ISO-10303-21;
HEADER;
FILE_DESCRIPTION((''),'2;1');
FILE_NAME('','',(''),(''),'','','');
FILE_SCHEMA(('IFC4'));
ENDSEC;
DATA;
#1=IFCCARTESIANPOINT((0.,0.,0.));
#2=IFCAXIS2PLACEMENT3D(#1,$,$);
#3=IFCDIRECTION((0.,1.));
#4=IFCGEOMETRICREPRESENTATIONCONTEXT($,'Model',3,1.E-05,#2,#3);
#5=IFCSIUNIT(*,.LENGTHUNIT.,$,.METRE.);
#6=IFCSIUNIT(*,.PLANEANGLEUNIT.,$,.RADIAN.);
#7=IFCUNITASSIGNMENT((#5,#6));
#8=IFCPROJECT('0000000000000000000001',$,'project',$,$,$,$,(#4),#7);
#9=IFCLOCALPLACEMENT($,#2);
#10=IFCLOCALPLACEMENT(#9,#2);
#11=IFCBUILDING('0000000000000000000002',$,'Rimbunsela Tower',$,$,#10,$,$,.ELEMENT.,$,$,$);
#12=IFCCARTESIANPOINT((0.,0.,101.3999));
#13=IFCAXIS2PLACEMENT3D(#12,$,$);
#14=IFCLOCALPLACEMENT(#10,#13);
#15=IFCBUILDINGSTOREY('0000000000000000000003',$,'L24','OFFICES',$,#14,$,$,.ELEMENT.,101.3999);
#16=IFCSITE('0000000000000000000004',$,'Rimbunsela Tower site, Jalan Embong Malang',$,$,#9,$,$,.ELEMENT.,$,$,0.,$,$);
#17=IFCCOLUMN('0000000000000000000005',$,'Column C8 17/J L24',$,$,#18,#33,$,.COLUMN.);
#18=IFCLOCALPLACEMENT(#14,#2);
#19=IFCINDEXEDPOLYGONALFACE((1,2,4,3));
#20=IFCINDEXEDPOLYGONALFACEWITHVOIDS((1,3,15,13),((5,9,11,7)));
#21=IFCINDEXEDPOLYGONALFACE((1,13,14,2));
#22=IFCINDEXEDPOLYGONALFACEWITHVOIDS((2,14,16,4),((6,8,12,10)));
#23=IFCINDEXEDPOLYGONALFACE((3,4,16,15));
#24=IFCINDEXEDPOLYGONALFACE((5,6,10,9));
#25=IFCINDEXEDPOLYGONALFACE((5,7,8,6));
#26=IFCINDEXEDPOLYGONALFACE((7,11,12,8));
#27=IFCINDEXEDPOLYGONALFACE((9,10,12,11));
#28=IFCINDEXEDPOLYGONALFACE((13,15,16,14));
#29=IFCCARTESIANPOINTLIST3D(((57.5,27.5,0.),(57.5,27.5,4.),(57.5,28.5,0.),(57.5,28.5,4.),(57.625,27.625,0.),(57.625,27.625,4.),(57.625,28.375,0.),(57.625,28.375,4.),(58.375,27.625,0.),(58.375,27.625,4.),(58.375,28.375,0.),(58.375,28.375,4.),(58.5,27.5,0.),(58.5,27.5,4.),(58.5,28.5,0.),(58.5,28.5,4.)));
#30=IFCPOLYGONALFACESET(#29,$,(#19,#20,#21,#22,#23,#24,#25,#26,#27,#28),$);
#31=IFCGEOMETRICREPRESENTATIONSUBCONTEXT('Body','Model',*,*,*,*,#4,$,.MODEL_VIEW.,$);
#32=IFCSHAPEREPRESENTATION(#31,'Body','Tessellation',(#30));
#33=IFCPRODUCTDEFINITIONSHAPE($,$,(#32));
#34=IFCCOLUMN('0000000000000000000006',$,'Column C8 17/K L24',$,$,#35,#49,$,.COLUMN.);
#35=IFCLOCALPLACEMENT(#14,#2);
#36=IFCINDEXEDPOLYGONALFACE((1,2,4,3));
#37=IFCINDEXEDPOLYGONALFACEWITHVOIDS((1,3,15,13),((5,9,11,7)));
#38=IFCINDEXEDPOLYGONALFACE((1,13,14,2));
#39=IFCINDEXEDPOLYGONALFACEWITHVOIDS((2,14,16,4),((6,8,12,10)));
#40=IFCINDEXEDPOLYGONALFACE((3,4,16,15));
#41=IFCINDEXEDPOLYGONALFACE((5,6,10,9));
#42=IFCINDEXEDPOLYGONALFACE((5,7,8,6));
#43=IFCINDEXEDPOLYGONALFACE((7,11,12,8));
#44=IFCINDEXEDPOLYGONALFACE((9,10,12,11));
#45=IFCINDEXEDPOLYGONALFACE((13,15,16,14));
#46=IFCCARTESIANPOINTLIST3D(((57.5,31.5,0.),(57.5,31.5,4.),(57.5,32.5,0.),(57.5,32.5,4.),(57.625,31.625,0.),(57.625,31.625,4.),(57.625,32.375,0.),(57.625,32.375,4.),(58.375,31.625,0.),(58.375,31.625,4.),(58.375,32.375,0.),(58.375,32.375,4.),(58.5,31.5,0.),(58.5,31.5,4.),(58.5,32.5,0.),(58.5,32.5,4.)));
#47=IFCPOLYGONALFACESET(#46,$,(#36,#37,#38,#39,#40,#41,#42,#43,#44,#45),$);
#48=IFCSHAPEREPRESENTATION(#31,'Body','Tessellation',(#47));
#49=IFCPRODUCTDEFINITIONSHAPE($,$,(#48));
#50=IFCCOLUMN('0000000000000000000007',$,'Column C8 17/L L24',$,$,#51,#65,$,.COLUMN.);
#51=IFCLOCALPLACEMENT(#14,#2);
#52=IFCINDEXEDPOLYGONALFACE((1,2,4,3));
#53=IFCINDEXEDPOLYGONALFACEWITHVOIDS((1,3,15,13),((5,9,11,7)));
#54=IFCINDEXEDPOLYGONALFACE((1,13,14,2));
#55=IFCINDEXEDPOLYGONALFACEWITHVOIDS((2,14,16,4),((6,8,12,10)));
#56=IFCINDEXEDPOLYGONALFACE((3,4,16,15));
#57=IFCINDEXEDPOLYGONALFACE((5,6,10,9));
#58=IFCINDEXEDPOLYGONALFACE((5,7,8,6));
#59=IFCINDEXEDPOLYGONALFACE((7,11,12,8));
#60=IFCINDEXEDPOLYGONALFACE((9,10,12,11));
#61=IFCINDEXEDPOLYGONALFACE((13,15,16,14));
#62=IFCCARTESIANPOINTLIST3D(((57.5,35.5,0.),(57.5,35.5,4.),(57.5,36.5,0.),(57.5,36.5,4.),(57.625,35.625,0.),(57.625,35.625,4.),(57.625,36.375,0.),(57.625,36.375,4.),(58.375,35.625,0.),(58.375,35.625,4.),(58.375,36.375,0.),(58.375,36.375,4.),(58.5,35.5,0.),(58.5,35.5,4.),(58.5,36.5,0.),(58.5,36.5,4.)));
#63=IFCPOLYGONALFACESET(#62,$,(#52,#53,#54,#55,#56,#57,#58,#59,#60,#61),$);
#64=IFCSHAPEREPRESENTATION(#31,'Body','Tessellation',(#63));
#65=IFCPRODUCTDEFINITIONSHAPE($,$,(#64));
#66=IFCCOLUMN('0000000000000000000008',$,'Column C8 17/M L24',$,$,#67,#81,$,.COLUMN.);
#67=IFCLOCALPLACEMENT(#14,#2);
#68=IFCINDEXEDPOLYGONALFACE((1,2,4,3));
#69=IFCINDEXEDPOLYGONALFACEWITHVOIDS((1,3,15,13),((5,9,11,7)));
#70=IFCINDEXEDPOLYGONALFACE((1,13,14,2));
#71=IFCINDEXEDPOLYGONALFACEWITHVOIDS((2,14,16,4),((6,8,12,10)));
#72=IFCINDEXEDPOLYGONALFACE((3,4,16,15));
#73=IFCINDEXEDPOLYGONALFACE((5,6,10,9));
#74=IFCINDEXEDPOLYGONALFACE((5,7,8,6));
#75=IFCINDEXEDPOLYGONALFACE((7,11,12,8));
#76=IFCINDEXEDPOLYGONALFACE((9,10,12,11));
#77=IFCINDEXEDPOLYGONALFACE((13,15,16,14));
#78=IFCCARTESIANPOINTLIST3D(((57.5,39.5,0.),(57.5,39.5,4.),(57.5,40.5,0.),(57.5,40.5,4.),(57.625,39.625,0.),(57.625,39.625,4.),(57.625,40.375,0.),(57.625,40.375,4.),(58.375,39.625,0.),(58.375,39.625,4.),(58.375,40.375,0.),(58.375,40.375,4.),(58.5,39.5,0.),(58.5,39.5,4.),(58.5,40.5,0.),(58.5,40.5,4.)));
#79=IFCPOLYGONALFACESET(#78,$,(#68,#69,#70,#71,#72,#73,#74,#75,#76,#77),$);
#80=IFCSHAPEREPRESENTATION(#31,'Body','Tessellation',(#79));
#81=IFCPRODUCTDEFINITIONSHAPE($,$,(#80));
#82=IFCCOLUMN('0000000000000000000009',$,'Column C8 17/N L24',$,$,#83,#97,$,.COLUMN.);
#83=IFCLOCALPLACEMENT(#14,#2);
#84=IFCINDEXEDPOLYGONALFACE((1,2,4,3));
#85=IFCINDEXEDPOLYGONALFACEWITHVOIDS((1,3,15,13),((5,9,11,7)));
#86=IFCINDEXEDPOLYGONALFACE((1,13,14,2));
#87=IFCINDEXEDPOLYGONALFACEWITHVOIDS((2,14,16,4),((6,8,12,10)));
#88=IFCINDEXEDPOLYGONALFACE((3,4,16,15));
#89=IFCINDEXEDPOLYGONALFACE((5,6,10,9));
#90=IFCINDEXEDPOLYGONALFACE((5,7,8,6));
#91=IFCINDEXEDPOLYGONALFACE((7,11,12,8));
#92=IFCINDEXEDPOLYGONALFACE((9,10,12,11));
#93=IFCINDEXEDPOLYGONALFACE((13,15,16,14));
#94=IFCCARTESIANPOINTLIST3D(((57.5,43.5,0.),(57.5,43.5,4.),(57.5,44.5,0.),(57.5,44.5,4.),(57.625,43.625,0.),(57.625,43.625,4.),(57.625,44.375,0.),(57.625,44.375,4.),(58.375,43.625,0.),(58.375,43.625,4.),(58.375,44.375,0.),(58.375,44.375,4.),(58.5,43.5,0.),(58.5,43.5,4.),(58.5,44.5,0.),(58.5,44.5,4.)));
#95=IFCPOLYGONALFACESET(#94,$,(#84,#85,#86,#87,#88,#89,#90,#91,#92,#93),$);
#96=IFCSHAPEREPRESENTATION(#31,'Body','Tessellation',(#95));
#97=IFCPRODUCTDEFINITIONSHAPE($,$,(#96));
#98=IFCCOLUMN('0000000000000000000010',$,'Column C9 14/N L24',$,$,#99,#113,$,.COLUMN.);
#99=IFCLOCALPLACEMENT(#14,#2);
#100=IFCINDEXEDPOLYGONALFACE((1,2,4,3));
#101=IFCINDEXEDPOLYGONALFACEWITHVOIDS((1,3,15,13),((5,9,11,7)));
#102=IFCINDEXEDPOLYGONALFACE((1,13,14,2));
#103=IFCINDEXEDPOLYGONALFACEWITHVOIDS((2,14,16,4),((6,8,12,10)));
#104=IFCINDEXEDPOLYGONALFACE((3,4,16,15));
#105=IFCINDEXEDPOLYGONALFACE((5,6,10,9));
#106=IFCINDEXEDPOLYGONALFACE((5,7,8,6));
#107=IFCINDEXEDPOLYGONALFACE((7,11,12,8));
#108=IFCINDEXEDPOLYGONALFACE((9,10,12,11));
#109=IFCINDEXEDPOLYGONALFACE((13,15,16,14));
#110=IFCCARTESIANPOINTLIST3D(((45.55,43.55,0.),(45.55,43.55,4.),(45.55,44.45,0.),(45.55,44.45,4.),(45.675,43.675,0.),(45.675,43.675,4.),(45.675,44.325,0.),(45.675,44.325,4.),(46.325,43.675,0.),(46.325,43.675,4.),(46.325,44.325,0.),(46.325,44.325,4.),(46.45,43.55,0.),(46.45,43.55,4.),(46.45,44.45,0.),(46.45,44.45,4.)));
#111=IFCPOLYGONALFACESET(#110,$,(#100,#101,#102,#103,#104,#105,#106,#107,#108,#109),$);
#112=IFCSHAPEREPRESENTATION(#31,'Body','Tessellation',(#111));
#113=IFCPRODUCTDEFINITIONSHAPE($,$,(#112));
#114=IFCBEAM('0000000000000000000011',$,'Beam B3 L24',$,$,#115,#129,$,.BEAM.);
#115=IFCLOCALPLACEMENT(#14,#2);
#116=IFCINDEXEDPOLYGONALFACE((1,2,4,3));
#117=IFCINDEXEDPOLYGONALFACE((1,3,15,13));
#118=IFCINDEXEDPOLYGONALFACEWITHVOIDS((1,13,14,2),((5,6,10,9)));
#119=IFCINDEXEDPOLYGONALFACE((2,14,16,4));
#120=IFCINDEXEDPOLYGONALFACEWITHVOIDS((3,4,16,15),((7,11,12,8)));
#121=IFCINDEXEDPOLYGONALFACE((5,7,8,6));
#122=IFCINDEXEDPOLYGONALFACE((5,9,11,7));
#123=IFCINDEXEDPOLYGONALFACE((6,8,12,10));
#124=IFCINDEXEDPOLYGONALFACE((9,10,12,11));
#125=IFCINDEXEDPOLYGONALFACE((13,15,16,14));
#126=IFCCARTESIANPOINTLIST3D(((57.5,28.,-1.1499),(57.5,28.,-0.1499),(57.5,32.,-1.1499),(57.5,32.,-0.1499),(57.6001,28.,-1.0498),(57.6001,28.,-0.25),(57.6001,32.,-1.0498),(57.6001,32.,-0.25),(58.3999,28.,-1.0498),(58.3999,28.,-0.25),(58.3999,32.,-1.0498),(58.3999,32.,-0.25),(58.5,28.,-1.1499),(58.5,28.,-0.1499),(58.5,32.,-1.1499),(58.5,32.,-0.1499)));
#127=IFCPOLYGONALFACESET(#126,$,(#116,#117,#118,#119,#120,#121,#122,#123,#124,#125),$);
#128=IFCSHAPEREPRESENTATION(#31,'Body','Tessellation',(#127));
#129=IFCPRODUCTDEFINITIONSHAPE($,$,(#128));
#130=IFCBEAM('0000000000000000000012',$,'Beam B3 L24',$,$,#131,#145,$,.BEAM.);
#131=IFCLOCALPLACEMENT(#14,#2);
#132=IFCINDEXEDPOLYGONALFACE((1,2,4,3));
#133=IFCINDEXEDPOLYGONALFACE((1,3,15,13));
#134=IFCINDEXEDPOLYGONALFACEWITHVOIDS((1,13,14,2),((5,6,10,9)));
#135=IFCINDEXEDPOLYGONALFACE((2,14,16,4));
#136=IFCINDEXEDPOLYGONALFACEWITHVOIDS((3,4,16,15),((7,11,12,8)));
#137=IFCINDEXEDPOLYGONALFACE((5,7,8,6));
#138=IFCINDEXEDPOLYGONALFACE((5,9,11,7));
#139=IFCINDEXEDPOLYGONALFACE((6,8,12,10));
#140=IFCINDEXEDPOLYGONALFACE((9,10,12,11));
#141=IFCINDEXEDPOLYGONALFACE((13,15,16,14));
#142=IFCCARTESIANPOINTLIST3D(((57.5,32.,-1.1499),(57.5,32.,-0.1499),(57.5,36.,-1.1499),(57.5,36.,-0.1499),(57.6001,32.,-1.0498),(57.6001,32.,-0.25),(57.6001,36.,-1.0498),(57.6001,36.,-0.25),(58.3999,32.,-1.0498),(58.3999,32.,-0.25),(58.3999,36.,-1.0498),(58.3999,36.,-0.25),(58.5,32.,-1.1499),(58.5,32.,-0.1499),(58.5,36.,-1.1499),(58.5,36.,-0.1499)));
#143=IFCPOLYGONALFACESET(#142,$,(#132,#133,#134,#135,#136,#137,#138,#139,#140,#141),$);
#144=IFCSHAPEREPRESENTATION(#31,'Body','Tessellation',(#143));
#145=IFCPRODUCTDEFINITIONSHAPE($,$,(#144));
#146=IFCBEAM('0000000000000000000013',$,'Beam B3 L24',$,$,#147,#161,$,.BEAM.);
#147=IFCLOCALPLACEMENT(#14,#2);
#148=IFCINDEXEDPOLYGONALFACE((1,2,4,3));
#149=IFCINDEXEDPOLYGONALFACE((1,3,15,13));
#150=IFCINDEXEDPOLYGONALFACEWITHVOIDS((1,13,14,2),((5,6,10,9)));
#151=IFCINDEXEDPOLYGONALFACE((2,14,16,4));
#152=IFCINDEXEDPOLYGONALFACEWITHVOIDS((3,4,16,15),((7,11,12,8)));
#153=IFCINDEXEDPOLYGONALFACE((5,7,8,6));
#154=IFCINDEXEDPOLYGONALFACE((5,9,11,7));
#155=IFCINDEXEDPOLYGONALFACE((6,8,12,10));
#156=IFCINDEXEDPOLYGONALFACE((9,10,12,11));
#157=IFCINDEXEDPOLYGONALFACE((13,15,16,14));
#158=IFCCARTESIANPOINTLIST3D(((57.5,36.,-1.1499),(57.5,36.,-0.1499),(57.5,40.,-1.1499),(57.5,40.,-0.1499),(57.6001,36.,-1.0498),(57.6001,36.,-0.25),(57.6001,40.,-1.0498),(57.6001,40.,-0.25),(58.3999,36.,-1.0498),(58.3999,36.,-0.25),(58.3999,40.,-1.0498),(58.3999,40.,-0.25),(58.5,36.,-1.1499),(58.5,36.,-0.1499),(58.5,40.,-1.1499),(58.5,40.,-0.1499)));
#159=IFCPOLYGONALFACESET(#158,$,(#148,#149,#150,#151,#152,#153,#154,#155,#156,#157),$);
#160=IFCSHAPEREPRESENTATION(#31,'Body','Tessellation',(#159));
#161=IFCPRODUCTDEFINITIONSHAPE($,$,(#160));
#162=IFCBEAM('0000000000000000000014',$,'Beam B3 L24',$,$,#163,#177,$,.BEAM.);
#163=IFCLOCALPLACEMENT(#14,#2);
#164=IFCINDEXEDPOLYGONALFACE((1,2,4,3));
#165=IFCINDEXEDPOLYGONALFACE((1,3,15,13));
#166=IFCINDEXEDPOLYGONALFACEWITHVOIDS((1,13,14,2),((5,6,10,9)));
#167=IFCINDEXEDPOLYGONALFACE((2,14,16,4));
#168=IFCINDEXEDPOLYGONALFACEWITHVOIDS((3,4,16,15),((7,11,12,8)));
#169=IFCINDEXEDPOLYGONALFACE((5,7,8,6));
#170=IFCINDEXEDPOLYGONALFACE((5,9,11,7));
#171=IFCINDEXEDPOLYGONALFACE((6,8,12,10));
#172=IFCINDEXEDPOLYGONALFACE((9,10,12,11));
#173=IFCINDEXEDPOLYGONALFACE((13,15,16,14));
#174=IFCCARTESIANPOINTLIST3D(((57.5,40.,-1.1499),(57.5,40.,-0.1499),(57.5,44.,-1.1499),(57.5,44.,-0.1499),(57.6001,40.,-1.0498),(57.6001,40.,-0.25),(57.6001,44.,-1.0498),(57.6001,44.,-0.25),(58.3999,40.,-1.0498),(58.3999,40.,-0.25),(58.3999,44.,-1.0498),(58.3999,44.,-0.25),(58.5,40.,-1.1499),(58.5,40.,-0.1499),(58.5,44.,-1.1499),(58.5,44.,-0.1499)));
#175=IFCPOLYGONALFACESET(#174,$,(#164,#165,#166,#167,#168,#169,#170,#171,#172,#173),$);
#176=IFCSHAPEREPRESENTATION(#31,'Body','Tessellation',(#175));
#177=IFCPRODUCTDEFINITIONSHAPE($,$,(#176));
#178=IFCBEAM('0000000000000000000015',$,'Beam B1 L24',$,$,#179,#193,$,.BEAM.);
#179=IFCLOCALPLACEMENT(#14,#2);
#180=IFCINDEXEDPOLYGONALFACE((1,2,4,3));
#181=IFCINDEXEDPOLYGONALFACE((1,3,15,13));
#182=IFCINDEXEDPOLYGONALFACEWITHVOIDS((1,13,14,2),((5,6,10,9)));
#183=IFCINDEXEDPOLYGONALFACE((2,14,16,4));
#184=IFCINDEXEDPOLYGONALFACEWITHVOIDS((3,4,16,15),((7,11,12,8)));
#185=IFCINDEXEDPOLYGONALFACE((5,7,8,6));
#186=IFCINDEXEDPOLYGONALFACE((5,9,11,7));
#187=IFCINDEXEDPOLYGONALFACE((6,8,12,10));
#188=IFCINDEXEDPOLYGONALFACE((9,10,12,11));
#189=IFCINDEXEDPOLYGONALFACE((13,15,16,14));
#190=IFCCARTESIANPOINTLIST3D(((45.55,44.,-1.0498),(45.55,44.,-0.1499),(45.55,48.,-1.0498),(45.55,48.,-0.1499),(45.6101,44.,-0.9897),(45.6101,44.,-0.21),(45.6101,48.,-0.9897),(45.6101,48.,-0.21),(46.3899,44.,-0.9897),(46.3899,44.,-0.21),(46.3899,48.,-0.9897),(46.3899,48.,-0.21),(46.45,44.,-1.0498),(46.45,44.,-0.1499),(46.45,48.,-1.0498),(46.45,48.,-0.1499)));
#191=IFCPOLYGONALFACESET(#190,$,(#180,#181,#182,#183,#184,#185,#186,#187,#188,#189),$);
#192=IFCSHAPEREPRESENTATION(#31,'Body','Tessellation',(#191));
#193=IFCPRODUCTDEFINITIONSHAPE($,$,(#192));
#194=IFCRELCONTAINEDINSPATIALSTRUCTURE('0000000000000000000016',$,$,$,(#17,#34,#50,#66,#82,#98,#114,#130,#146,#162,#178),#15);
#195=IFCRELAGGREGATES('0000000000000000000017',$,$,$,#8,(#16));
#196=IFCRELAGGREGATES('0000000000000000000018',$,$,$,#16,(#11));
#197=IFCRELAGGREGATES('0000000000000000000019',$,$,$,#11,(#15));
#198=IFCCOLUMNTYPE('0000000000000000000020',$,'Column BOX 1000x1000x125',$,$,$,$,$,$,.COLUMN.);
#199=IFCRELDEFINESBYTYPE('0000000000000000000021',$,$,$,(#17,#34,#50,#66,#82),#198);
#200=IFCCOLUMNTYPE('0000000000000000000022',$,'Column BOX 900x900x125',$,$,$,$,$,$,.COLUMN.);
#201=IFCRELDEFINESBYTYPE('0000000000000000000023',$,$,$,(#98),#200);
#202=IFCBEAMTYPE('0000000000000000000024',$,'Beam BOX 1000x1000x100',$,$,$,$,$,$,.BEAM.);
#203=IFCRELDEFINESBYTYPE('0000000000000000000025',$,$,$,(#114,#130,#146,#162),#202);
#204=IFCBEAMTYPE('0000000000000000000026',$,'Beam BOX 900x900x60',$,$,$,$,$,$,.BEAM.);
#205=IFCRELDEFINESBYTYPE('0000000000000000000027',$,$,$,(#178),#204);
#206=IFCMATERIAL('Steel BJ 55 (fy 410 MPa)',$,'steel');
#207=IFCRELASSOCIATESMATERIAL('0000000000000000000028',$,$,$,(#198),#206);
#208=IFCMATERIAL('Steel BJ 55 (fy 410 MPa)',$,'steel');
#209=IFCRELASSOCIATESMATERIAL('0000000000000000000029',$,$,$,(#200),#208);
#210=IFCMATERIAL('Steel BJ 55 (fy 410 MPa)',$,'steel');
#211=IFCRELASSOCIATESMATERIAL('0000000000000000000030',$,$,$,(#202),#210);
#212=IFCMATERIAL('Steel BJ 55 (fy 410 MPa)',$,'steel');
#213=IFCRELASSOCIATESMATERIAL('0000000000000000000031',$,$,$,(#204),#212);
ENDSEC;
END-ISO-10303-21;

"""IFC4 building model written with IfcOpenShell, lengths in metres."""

from ifc_helpers import new_model, si_unit, direction, frame, origin, origin_2d, place, context, subcontext, project, spatial, hollow_rectangle, extrude, material, material_profile, profile_set, type_object, element, save


model = new_model("IFC4")

# Units and contexts
model_context = context("Model", 3, precision=1e-05, world=origin(), true_north=direction((0.0, 1.0)))
body_context = subcontext(model_context, "Body", "Model", "MODEL_VIEW")
ifc_project = project(units=[si_unit("LENGTHUNIT", "METRE"), si_unit("PLANEANGLEUNIT", "RADIAN")], contexts=[model_context])

# Site, building, storey
site_placement = place(None, origin())
site = spatial("IfcSite", under=ifc_project, at=site_placement, Name="Rimbunsela Tower site, Jalan Embong Malang", CompositionType="ELEMENT", RefElevation=0.0)
building_placement = place(site_placement, origin())
building = spatial("IfcBuilding", under=site, at=building_placement, Name="Rimbunsela Tower", CompositionType="ELEMENT")
storey_placement = place(building_placement, frame((0.0, 0.0, 101.3999)))
storey = spatial("IfcBuildingStorey", under=building, at=storey_placement, Name="L24", Description="OFFICES", CompositionType="ELEMENT", Elevation=101.3999)

# Columns
ifc_material_1 = material(Name="Steel BJ 55 (fy 410 MPa)", Category="steel")
ifc_material_profile_1 = material_profile(ifc_material_1, hollow_rectangle(XDim=1.0, YDim=1.0, WallThickness=0.125, at=origin_2d()), Name="BOX 1000x1000x125")
ifc_profile_set_1 = profile_set([ifc_material_profile_1], Name="Steel BJ 55 (fy 410 MPa)")
column_type_1 = type_object("IfcColumnType", Name="Column BOX 1000x1000x125", PredefinedType="COLUMN", material=ifc_profile_set_1)
for number, where, z_axis, x_axis, name in (
    (1, (58.0, 28.0, 0.0), (0.0, 0.0, 1.0), (1.0, 0.0, 0.0), "Column C8 17/J L24"),
    (2, (58.0, 32.0, 0.0), (0.0, 0.0, 1.0), (1.0, 0.0, 0.0), "Column C8 17/K L24"),
    (3, (58.0, 36.0, 0.0), (0.0, 0.0, 1.0), (1.0, 0.0, 0.0), "Column C8 17/L L24"),
    (4, (58.0, 40.0, 0.0), (0.0, 0.0, 1.0), (1.0, 0.0, 0.0), "Column C8 17/M L24"),
    (5, (58.0, 44.0, 0.0), (0.0, 0.0, 1.0), (1.0, 0.0, 0.0), "Column C8 17/N L24"),
):
    element("IfcColumn", number, at=place(storey_placement, frame(where, z_axis=z_axis, x_axis=x_axis)), inside=storey, type_object=column_type_1, Name=name, PredefinedType="COLUMN", context=body_context, shape_type="SweptSolid", body=[
        extrude(hollow_rectangle(XDim=1.0, YDim=1.0, WallThickness=0.125, at=origin_2d()), origin(), (0.0, 0.0, 1.0), 4.0),
    ])
ifc_material_2 = material(Name="Steel BJ 55 (fy 410 MPa)", Category="steel")
ifc_material_profile_2 = material_profile(ifc_material_2, hollow_rectangle(XDim=0.8999, YDim=0.8999, WallThickness=0.125, at=origin_2d()), Name="BOX 900x900x125")
ifc_profile_set_2 = profile_set([ifc_material_profile_2], Name="Steel BJ 55 (fy 410 MPa)")
column_type_2 = type_object("IfcColumnType", Name="Column BOX 900x900x125", PredefinedType="COLUMN", material=ifc_profile_set_2)
column_placement = place(storey_placement, frame((46.0, 44.0, 0.0), z_axis=(0.0, 0.0, 1.0), x_axis=(1.0, 0.0, 0.0)))
element("IfcColumn", 6, at=column_placement, inside=storey, type_object=column_type_2, Name="Column C9 14/N L24", PredefinedType="COLUMN", context=body_context, shape_type="SweptSolid", body=[
    extrude(hollow_rectangle(XDim=0.8999, YDim=0.8999, WallThickness=0.125, at=origin_2d()), origin(), (0.0, 0.0, 1.0), 4.0),
])

# Beams
ifc_material_3 = material(Name="Steel BJ 55 (fy 410 MPa)", Category="steel")
ifc_material_profile_3 = material_profile(ifc_material_3, hollow_rectangle(XDim=1.0, YDim=1.0, WallThickness=0.1001, at=origin_2d()), Name="BOX 1000x1000x100")
ifc_profile_set_3 = profile_set([ifc_material_profile_3], Name="Steel BJ 55 (fy 410 MPa)")
beam_type_1 = type_object("IfcBeamType", Name="Beam BOX 1000x1000x100", PredefinedType="BEAM", material=ifc_profile_set_3)
for number, where, z_axis, x_axis, name in (
    (7, (58.0, 28.0, -0.6499), (0.0, 1.0, 0.0), (-1.0, 0.0, 0.0), "Beam B3 L24"),
    (8, (58.0, 32.0, -0.6499), (0.0, 1.0, 0.0), (-1.0, 0.0, 0.0), "Beam B3 L24"),
    (9, (58.0, 36.0, -0.6499), (0.0, 1.0, 0.0), (-1.0, 0.0, 0.0), "Beam B3 L24"),
    (10, (58.0, 40.0, -0.6499), (0.0, 1.0, 0.0), (-1.0, 0.0, 0.0), "Beam B3 L24"),
):
    element("IfcBeam", number, at=place(storey_placement, frame(where, z_axis=z_axis, x_axis=x_axis)), inside=storey, type_object=beam_type_1, Name=name, PredefinedType="BEAM", context=body_context, shape_type="SweptSolid", body=[
        extrude(hollow_rectangle(XDim=1.0, YDim=1.0, WallThickness=0.1001, at=origin_2d()), origin(), (0.0, 0.0, 1.0), 4.0),
    ])
ifc_material_4 = material(Name="Steel BJ 55 (fy 410 MPa)", Category="steel")
ifc_material_profile_4 = material_profile(ifc_material_4, hollow_rectangle(XDim=0.8999, YDim=0.8999, WallThickness=0.0601, at=origin_2d()), Name="BOX 900x900x60")
ifc_profile_set_4 = profile_set([ifc_material_profile_4], Name="Steel BJ 55 (fy 410 MPa)")
beam_type_2 = type_object("IfcBeamType", Name="Beam BOX 900x900x60", PredefinedType="BEAM", material=ifc_profile_set_4)
beam_placement = place(storey_placement, frame((46.0, 44.0, -0.5999), z_axis=(0.0, 1.0, 0.0), x_axis=(-1.0, 0.0, 0.0)))
element("IfcBeam", 11, at=beam_placement, inside=storey, type_object=beam_type_2, Name="Beam B1 L24", PredefinedType="BEAM", context=body_context, shape_type="SweptSolid", body=[
    extrude(hollow_rectangle(XDim=0.8999, YDim=0.8999, WallThickness=0.0601, at=origin_2d()), origin(), (0.0, 0.0, 1.0), 4.0),
])

save(model, "model.ifc")
